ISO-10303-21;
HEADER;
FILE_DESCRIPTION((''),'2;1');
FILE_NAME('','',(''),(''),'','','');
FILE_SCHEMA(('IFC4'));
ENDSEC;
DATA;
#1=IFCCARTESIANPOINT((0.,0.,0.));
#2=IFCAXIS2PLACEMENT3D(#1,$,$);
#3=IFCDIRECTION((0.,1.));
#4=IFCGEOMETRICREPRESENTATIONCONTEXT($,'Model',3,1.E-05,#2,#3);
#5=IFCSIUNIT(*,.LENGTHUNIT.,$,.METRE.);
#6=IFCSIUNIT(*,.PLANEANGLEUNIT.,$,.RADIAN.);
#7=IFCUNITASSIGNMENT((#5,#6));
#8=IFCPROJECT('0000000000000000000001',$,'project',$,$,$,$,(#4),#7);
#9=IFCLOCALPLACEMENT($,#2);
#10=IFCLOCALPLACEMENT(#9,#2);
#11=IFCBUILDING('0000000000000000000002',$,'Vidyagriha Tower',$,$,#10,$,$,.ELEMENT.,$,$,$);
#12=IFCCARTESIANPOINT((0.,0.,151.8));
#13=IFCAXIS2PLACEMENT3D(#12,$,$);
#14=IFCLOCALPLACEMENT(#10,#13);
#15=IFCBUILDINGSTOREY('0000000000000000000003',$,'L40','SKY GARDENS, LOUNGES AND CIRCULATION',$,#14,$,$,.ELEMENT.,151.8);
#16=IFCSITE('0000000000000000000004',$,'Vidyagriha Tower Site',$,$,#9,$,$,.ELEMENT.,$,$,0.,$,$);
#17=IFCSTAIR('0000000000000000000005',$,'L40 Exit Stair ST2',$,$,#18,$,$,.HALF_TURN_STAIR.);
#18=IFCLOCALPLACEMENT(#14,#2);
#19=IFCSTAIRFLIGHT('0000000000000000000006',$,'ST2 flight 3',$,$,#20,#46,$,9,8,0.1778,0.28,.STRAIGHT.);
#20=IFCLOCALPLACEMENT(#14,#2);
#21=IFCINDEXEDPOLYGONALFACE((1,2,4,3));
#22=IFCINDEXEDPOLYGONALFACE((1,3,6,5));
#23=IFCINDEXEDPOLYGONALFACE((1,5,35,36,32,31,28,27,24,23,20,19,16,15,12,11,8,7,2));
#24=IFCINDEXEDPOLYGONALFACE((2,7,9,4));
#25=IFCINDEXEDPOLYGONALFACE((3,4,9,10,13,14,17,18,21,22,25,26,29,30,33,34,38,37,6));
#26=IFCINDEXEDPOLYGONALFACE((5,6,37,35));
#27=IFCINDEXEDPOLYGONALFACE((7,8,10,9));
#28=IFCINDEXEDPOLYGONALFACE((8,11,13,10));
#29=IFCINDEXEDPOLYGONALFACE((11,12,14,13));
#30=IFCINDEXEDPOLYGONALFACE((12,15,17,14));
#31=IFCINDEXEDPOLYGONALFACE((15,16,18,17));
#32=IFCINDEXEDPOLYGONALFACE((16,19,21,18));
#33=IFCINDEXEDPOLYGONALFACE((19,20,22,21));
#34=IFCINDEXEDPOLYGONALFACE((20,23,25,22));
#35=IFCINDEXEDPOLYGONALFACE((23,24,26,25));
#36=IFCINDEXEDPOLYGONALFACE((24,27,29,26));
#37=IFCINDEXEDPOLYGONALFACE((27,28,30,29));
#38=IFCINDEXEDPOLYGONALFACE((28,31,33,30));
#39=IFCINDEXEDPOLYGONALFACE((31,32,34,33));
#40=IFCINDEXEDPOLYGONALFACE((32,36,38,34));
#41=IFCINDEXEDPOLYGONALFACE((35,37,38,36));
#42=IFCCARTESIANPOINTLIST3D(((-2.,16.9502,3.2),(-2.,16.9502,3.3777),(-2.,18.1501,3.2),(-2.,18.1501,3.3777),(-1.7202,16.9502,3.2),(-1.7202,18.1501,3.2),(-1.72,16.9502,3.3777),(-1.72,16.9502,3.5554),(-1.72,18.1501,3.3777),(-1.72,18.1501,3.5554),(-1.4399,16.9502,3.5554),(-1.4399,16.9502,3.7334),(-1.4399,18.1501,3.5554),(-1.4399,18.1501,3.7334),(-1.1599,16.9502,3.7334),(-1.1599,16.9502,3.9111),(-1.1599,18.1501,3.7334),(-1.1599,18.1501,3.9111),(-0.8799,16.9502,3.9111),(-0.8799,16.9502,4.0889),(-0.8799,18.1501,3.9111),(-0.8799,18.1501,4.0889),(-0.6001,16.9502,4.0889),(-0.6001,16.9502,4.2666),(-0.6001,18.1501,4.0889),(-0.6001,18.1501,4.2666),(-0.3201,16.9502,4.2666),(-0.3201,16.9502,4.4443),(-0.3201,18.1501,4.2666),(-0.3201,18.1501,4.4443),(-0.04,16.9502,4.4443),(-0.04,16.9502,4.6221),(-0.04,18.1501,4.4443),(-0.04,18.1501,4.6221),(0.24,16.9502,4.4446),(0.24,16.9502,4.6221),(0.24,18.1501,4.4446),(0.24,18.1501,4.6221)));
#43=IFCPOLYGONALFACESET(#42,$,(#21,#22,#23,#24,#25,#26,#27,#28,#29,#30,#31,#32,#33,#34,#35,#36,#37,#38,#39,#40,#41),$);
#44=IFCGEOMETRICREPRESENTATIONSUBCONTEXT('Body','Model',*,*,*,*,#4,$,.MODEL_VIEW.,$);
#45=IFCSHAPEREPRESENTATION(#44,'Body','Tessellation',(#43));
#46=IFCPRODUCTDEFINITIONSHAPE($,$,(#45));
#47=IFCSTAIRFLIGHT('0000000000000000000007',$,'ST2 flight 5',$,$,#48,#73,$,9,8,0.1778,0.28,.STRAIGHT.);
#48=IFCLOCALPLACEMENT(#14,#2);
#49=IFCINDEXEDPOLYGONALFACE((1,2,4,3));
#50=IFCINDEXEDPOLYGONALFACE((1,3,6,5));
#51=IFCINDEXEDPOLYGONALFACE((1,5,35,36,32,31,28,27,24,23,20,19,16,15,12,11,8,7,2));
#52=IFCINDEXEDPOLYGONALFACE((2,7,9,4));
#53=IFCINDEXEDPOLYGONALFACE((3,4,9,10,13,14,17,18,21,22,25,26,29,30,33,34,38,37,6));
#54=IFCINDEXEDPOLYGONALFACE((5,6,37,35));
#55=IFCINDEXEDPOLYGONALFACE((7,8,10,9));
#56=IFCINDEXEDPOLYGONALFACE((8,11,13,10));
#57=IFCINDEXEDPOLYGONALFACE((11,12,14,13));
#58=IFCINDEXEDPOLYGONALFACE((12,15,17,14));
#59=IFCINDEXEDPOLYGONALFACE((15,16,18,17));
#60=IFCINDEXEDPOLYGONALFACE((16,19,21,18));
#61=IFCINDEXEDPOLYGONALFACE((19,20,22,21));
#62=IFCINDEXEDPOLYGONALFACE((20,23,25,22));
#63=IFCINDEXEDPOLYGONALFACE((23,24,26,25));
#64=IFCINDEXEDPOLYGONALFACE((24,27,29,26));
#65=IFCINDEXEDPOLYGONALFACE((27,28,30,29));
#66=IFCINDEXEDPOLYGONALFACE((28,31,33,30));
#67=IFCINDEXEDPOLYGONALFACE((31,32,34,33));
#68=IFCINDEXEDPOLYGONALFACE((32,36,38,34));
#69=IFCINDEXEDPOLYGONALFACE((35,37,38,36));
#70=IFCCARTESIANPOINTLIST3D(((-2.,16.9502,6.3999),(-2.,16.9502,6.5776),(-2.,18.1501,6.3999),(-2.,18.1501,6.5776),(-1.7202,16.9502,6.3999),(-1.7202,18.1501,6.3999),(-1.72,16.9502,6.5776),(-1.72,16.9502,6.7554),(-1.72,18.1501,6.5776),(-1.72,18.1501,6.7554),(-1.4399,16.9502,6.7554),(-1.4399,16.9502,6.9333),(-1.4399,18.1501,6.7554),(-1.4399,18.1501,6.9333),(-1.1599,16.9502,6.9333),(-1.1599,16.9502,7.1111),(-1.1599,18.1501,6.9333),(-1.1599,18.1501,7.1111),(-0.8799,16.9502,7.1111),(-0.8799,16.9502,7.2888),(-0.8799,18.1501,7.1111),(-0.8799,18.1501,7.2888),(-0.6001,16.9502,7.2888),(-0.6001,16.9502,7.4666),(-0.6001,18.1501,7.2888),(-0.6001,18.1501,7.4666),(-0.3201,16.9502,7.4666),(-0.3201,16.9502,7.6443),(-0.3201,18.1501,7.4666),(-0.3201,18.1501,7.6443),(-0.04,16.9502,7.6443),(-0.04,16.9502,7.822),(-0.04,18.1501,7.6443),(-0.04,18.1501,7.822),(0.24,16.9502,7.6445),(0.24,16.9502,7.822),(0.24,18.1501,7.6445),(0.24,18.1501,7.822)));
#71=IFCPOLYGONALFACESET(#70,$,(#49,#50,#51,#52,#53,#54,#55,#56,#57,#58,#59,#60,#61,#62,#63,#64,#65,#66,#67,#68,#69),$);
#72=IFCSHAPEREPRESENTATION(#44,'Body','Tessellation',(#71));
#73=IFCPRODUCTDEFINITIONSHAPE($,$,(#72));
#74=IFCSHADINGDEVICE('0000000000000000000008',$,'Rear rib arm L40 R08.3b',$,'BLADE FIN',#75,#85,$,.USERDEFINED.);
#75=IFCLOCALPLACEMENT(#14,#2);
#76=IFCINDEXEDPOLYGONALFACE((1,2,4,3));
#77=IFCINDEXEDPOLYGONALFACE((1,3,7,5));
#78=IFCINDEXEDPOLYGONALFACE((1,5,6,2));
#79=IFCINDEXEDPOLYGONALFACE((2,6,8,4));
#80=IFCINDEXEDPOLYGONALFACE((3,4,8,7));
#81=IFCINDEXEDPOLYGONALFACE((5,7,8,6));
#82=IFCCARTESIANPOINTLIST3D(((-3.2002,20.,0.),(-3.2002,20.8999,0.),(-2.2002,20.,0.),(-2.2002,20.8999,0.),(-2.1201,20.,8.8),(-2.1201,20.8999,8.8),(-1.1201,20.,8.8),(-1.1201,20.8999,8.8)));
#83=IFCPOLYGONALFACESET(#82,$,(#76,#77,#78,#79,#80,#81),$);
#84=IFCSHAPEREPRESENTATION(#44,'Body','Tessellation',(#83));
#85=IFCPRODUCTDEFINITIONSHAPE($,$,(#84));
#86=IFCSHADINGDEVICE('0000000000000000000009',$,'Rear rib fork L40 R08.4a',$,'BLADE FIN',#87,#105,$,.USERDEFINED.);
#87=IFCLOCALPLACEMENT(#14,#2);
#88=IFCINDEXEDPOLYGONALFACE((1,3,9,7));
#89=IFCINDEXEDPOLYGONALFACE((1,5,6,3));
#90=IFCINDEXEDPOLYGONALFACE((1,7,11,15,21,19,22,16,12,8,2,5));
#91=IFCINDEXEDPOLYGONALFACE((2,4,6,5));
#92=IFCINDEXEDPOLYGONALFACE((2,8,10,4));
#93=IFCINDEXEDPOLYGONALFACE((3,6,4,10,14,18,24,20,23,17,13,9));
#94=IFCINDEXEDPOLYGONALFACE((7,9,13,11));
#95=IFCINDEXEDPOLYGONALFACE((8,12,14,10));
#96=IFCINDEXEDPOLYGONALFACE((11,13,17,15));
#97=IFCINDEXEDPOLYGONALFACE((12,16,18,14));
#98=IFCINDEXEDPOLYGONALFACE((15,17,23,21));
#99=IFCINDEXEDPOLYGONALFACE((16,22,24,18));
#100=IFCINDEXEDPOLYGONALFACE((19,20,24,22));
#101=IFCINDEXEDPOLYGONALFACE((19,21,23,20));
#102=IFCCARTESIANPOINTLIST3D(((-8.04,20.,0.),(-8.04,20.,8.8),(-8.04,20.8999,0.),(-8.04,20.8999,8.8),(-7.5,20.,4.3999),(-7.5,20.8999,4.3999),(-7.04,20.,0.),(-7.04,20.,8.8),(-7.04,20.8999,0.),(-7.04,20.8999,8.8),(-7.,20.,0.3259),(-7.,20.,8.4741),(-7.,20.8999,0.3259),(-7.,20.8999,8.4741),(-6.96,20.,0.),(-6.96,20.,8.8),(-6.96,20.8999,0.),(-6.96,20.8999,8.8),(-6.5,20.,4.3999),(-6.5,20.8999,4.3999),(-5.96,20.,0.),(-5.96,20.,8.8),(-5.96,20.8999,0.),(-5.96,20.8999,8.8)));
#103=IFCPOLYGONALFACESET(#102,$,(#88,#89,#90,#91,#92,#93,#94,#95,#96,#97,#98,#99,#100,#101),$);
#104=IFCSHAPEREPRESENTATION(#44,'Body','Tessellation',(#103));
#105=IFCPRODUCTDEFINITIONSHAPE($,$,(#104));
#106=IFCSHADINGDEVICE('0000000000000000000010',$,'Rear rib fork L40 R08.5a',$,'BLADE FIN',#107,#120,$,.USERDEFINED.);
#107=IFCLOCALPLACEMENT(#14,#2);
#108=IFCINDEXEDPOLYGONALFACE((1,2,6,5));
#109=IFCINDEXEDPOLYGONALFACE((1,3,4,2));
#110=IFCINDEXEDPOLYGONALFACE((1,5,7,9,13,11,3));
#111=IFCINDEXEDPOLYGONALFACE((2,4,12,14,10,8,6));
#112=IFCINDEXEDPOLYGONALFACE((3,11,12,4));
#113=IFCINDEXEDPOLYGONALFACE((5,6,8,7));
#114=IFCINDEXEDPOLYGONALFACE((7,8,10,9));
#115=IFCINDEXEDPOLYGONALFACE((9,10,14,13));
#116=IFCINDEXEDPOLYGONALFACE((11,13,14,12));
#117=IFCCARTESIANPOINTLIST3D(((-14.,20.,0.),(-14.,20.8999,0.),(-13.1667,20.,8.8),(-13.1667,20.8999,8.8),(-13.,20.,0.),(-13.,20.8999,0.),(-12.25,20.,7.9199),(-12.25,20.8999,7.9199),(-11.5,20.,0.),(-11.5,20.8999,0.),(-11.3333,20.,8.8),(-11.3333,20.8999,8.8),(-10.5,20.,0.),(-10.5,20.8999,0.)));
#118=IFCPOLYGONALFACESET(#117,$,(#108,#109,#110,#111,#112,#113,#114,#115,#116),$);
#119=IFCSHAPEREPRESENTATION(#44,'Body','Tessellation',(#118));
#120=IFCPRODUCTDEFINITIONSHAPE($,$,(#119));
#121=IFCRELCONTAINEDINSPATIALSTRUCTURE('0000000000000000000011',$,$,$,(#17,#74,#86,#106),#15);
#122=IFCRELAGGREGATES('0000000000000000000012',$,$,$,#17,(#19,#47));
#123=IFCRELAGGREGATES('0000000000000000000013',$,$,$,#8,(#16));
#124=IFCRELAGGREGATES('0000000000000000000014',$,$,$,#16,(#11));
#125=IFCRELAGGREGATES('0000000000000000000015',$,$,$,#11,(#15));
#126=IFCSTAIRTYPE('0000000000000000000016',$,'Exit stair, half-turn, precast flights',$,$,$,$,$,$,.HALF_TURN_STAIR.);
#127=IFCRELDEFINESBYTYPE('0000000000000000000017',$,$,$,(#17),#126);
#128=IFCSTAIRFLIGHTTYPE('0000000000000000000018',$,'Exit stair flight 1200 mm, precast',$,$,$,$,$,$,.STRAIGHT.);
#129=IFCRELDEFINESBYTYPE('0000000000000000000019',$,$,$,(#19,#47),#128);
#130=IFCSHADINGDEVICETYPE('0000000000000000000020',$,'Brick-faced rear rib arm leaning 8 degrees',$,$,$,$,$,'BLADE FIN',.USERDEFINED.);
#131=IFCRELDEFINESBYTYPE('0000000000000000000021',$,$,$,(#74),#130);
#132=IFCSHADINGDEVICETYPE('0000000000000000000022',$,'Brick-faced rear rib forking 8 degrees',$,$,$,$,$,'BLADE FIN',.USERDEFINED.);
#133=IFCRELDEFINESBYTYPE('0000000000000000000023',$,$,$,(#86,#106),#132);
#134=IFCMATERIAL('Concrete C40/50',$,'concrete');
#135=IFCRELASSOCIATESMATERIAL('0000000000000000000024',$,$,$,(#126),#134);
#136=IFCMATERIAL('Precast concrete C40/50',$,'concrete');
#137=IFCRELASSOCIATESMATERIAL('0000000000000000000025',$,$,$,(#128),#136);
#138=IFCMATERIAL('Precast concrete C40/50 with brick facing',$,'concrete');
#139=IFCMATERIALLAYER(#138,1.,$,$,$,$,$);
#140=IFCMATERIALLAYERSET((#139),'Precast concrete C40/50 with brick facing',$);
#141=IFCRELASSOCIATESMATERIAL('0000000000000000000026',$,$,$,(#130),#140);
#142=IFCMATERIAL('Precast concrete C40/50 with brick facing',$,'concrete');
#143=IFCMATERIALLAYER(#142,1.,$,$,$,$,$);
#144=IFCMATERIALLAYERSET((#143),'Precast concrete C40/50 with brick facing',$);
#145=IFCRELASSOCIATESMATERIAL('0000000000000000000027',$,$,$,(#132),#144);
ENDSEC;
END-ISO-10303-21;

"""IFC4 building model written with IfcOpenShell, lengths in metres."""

from ifc_helpers import new_model, si_unit, direction, frame, origin, place, context, subcontext, project, spatial, polyline, outline, extrude, material, layer, layer_set, type_object, element, aggregate, save


model = new_model("IFC4")

# Units and contexts
model_context = context("Model", 3, precision=1e-05, world=origin(), true_north=direction((0.0, 1.0)))
body_context = subcontext(model_context, "Body", "Model", "MODEL_VIEW")
ifc_project = project(units=[si_unit("LENGTHUNIT", "METRE"), si_unit("PLANEANGLEUNIT", "RADIAN")], contexts=[model_context])

# Site, building, storey
site_placement = place(None, origin())
site = spatial("IfcSite", under=ifc_project, at=site_placement, Name="Vidyagriha Tower Site", CompositionType="ELEMENT", RefElevation=0.0)
building_placement = place(site_placement, origin())
building = spatial("IfcBuilding", under=site, at=building_placement, Name="Vidyagriha Tower", CompositionType="ELEMENT")
storey_placement = place(building_placement, frame((0.0, 0.0, 151.8)))
storey = spatial("IfcBuildingStorey", under=building, at=storey_placement, Name="L40", Description="SKY GARDENS, LOUNGES AND CIRCULATION", CompositionType="ELEMENT", Elevation=151.8)

# Stair, stair flights
ifc_material_1 = material(Name="Concrete C40/50", Category="concrete")
stair_type = type_object("IfcStairType", Name="Exit stair, half-turn, precast flights", PredefinedType="HALF_TURN_STAIR", material=ifc_material_1)
ifc_material_2 = material(Name="Precast concrete C40/50", Category="concrete")
stair_flight_type = type_object("IfcStairFlightType", Name="Exit stair flight 1200 mm, precast", PredefinedType="STRAIGHT", material=ifc_material_2)
stair_1_placement = place(storey_placement, origin())
stair_1 = element("IfcStair", 1, at=stair_1_placement, inside=storey, type_object=stair_type, Name="L40 Exit Stair ST2", PredefinedType="HALF_TURN_STAIR")
stair_flight_1_placement = place(storey_placement, frame((-2.0, 17.55, 3.2)))
stair_flight_1 = element("IfcStairFlight", 2, at=stair_flight_1_placement, type_object=stair_flight_type, Name="ST2 flight 3", NumberOfRisers=9, NumberOfTreads=8, PredefinedType="STRAIGHT", RiserHeight=0.1778, TreadLength=0.28, context=body_context, shape_type="SweptSolid", body=[
    extrude(outline(polyline([(0.0, 0.0), (0.0, 0.1777), (0.28, 0.1777), (0.28, 0.3555), (0.5601, 0.3555), (0.5601, 0.5334), (0.8401, 0.5334), (0.8401, 0.7112), (1.1201, 0.7112), (1.1201, 0.8889), (1.3999, 0.8889), (1.3999, 1.0667), (1.6799, 1.0667), (1.6799, 1.2444), (1.96, 1.2444), (1.96, 1.4221), (2.24, 1.4221), (2.24, 1.6001), (2.24, 1.2446), (0.2798, 0.0), (0.0, 0.0)])), frame((0.0, 0.6001, 0.0), z_axis=(0.0, -1.0, 0.0), x_axis=(1.0, 0.0, 0.0)), (0.0, 0.0, 1.0), 1.2),
])
stair_flight_2_placement = place(storey_placement, frame((-2.0, 17.55, 6.3999)))
stair_flight_2 = element("IfcStairFlight", 3, at=stair_flight_2_placement, type_object=stair_flight_type, Name="ST2 flight 5", NumberOfRisers=9, NumberOfTreads=8, PredefinedType="STRAIGHT", RiserHeight=0.1778, TreadLength=0.28, context=body_context, shape_type="SweptSolid", body=[
    extrude(outline(polyline([(0.0, 0.0), (0.0, 0.1777), (0.28, 0.1777), (0.28, 0.3555), (0.5601, 0.3555), (0.5601, 0.5334), (0.8401, 0.5334), (0.8401, 0.7112), (1.1201, 0.7112), (1.1201, 0.8889), (1.3999, 0.8889), (1.3999, 1.0667), (1.6799, 1.0667), (1.6799, 1.2444), (1.96, 1.2444), (1.96, 1.4221), (2.24, 1.4221), (2.24, 1.6001), (2.24, 1.2446), (0.2798, 0.0), (0.0, 0.0)])), frame((0.0, 0.6001, 0.0), z_axis=(0.0, -1.0, 0.0), x_axis=(1.0, 0.0, 0.0)), (0.0, 0.0, 1.0), 1.2),
])
aggregate(stair_1, [stair_flight_1, stair_flight_2])

# Shading devices
ifc_material_3 = material(Name="Precast concrete C40/50 with brick facing", Category="concrete")
ifc_layer_1 = layer(ifc_material_3, 1.0)
ifc_layer_set_1 = layer_set([ifc_layer_1], Name="Precast concrete C40/50 with brick facing")
shading_device_type_1 = type_object("IfcShadingDeviceType", Name="Brick-faced rear rib arm leaning 8 degrees", ElementType="BLADE FIN", PredefinedType="USERDEFINED", material=ifc_layer_set_1)
shading_device_1_placement = place(storey_placement, frame((-1.1201, 20.45, 0.0), z_axis=(0.0, 0.0, 1.0), x_axis=(-1.0, 0.0, 0.0)))
element("IfcShadingDevice", 4, at=shading_device_1_placement, inside=storey, type_object=shading_device_type_1, Name="Rear rib arm L40 R08.3b", ObjectType="BLADE FIN", PredefinedType="USERDEFINED", context=body_context, shape_type="SweptSolid", body=[
    extrude(outline(polyline([(1.0801, 0.0), (2.0801, 0.0), (1.0, 8.8), (0.0, 8.8), (1.0801, 0.0)])), frame((0.0, 0.45, 0.0), z_axis=(0.0, -1.0, 0.0), x_axis=(1.0, 0.0, 0.0)), (0.0, 0.0, 1.0), 0.8999),
])
ifc_material_4 = material(Name="Precast concrete C40/50 with brick facing", Category="concrete")
ifc_layer_2 = layer(ifc_material_4, 1.0)
ifc_layer_set_2 = layer_set([ifc_layer_2], Name="Precast concrete C40/50 with brick facing")
shading_device_type_2 = type_object("IfcShadingDeviceType", Name="Brick-faced rear rib forking 8 degrees", ElementType="BLADE FIN", PredefinedType="USERDEFINED", material=ifc_layer_set_2)
shading_device_2_placement = place(storey_placement, frame((-5.96, 20.45, 0.0), z_axis=(0.0, 0.0, 1.0), x_axis=(-1.0, 0.0, 0.0)))
element("IfcShadingDevice", 5, at=shading_device_2_placement, inside=storey, type_object=shading_device_type_2, Name="Rear rib fork L40 R08.4a", ObjectType="BLADE FIN", PredefinedType="USERDEFINED", context=body_context, shape_type="SweptSolid", body=[
    extrude(outline(polyline([(1.0, 0.0), (1.04, 0.3259), (1.0801, 0.0), (2.0801, 0.0), (1.54, 4.3999), (2.0801, 8.8), (1.0801, 8.8), (1.04, 8.4741), (1.0, 8.8), (0.0, 8.8), (0.54, 4.3999), (0.0, 0.0), (1.0, 0.0)])), frame((0.0, 0.45, 0.0), z_axis=(0.0, -1.0, 0.0), x_axis=(1.0, 0.0, 0.0)), (0.0, 0.0, 1.0), 0.8999),
])
shading_device_3_placement = place(storey_placement, frame((-10.5, 20.45, 0.0), z_axis=(0.0, 0.0, 1.0), x_axis=(-1.0, 0.0, 0.0)))
element("IfcShadingDevice", 6, at=shading_device_3_placement, inside=storey, type_object=shading_device_type_2, Name="Rear rib fork L40 R08.5a", ObjectType="BLADE FIN", PredefinedType="USERDEFINED", context=body_context, shape_type="SweptSolid", body=[
    extrude(outline(polyline([(1.0, 0.0), (1.75, 7.9199), (2.5, 0.0), (3.5, 0.0), (2.6667, 8.8), (0.8333, 8.8), (0.0, 0.0), (1.0, 0.0)])), frame((0.0, 0.45, 0.0), z_axis=(0.0, -1.0, 0.0), x_axis=(1.0, 0.0, 0.0)), (0.0, 0.0, 1.0), 0.8999),
])

save(model, "model.ifc")
